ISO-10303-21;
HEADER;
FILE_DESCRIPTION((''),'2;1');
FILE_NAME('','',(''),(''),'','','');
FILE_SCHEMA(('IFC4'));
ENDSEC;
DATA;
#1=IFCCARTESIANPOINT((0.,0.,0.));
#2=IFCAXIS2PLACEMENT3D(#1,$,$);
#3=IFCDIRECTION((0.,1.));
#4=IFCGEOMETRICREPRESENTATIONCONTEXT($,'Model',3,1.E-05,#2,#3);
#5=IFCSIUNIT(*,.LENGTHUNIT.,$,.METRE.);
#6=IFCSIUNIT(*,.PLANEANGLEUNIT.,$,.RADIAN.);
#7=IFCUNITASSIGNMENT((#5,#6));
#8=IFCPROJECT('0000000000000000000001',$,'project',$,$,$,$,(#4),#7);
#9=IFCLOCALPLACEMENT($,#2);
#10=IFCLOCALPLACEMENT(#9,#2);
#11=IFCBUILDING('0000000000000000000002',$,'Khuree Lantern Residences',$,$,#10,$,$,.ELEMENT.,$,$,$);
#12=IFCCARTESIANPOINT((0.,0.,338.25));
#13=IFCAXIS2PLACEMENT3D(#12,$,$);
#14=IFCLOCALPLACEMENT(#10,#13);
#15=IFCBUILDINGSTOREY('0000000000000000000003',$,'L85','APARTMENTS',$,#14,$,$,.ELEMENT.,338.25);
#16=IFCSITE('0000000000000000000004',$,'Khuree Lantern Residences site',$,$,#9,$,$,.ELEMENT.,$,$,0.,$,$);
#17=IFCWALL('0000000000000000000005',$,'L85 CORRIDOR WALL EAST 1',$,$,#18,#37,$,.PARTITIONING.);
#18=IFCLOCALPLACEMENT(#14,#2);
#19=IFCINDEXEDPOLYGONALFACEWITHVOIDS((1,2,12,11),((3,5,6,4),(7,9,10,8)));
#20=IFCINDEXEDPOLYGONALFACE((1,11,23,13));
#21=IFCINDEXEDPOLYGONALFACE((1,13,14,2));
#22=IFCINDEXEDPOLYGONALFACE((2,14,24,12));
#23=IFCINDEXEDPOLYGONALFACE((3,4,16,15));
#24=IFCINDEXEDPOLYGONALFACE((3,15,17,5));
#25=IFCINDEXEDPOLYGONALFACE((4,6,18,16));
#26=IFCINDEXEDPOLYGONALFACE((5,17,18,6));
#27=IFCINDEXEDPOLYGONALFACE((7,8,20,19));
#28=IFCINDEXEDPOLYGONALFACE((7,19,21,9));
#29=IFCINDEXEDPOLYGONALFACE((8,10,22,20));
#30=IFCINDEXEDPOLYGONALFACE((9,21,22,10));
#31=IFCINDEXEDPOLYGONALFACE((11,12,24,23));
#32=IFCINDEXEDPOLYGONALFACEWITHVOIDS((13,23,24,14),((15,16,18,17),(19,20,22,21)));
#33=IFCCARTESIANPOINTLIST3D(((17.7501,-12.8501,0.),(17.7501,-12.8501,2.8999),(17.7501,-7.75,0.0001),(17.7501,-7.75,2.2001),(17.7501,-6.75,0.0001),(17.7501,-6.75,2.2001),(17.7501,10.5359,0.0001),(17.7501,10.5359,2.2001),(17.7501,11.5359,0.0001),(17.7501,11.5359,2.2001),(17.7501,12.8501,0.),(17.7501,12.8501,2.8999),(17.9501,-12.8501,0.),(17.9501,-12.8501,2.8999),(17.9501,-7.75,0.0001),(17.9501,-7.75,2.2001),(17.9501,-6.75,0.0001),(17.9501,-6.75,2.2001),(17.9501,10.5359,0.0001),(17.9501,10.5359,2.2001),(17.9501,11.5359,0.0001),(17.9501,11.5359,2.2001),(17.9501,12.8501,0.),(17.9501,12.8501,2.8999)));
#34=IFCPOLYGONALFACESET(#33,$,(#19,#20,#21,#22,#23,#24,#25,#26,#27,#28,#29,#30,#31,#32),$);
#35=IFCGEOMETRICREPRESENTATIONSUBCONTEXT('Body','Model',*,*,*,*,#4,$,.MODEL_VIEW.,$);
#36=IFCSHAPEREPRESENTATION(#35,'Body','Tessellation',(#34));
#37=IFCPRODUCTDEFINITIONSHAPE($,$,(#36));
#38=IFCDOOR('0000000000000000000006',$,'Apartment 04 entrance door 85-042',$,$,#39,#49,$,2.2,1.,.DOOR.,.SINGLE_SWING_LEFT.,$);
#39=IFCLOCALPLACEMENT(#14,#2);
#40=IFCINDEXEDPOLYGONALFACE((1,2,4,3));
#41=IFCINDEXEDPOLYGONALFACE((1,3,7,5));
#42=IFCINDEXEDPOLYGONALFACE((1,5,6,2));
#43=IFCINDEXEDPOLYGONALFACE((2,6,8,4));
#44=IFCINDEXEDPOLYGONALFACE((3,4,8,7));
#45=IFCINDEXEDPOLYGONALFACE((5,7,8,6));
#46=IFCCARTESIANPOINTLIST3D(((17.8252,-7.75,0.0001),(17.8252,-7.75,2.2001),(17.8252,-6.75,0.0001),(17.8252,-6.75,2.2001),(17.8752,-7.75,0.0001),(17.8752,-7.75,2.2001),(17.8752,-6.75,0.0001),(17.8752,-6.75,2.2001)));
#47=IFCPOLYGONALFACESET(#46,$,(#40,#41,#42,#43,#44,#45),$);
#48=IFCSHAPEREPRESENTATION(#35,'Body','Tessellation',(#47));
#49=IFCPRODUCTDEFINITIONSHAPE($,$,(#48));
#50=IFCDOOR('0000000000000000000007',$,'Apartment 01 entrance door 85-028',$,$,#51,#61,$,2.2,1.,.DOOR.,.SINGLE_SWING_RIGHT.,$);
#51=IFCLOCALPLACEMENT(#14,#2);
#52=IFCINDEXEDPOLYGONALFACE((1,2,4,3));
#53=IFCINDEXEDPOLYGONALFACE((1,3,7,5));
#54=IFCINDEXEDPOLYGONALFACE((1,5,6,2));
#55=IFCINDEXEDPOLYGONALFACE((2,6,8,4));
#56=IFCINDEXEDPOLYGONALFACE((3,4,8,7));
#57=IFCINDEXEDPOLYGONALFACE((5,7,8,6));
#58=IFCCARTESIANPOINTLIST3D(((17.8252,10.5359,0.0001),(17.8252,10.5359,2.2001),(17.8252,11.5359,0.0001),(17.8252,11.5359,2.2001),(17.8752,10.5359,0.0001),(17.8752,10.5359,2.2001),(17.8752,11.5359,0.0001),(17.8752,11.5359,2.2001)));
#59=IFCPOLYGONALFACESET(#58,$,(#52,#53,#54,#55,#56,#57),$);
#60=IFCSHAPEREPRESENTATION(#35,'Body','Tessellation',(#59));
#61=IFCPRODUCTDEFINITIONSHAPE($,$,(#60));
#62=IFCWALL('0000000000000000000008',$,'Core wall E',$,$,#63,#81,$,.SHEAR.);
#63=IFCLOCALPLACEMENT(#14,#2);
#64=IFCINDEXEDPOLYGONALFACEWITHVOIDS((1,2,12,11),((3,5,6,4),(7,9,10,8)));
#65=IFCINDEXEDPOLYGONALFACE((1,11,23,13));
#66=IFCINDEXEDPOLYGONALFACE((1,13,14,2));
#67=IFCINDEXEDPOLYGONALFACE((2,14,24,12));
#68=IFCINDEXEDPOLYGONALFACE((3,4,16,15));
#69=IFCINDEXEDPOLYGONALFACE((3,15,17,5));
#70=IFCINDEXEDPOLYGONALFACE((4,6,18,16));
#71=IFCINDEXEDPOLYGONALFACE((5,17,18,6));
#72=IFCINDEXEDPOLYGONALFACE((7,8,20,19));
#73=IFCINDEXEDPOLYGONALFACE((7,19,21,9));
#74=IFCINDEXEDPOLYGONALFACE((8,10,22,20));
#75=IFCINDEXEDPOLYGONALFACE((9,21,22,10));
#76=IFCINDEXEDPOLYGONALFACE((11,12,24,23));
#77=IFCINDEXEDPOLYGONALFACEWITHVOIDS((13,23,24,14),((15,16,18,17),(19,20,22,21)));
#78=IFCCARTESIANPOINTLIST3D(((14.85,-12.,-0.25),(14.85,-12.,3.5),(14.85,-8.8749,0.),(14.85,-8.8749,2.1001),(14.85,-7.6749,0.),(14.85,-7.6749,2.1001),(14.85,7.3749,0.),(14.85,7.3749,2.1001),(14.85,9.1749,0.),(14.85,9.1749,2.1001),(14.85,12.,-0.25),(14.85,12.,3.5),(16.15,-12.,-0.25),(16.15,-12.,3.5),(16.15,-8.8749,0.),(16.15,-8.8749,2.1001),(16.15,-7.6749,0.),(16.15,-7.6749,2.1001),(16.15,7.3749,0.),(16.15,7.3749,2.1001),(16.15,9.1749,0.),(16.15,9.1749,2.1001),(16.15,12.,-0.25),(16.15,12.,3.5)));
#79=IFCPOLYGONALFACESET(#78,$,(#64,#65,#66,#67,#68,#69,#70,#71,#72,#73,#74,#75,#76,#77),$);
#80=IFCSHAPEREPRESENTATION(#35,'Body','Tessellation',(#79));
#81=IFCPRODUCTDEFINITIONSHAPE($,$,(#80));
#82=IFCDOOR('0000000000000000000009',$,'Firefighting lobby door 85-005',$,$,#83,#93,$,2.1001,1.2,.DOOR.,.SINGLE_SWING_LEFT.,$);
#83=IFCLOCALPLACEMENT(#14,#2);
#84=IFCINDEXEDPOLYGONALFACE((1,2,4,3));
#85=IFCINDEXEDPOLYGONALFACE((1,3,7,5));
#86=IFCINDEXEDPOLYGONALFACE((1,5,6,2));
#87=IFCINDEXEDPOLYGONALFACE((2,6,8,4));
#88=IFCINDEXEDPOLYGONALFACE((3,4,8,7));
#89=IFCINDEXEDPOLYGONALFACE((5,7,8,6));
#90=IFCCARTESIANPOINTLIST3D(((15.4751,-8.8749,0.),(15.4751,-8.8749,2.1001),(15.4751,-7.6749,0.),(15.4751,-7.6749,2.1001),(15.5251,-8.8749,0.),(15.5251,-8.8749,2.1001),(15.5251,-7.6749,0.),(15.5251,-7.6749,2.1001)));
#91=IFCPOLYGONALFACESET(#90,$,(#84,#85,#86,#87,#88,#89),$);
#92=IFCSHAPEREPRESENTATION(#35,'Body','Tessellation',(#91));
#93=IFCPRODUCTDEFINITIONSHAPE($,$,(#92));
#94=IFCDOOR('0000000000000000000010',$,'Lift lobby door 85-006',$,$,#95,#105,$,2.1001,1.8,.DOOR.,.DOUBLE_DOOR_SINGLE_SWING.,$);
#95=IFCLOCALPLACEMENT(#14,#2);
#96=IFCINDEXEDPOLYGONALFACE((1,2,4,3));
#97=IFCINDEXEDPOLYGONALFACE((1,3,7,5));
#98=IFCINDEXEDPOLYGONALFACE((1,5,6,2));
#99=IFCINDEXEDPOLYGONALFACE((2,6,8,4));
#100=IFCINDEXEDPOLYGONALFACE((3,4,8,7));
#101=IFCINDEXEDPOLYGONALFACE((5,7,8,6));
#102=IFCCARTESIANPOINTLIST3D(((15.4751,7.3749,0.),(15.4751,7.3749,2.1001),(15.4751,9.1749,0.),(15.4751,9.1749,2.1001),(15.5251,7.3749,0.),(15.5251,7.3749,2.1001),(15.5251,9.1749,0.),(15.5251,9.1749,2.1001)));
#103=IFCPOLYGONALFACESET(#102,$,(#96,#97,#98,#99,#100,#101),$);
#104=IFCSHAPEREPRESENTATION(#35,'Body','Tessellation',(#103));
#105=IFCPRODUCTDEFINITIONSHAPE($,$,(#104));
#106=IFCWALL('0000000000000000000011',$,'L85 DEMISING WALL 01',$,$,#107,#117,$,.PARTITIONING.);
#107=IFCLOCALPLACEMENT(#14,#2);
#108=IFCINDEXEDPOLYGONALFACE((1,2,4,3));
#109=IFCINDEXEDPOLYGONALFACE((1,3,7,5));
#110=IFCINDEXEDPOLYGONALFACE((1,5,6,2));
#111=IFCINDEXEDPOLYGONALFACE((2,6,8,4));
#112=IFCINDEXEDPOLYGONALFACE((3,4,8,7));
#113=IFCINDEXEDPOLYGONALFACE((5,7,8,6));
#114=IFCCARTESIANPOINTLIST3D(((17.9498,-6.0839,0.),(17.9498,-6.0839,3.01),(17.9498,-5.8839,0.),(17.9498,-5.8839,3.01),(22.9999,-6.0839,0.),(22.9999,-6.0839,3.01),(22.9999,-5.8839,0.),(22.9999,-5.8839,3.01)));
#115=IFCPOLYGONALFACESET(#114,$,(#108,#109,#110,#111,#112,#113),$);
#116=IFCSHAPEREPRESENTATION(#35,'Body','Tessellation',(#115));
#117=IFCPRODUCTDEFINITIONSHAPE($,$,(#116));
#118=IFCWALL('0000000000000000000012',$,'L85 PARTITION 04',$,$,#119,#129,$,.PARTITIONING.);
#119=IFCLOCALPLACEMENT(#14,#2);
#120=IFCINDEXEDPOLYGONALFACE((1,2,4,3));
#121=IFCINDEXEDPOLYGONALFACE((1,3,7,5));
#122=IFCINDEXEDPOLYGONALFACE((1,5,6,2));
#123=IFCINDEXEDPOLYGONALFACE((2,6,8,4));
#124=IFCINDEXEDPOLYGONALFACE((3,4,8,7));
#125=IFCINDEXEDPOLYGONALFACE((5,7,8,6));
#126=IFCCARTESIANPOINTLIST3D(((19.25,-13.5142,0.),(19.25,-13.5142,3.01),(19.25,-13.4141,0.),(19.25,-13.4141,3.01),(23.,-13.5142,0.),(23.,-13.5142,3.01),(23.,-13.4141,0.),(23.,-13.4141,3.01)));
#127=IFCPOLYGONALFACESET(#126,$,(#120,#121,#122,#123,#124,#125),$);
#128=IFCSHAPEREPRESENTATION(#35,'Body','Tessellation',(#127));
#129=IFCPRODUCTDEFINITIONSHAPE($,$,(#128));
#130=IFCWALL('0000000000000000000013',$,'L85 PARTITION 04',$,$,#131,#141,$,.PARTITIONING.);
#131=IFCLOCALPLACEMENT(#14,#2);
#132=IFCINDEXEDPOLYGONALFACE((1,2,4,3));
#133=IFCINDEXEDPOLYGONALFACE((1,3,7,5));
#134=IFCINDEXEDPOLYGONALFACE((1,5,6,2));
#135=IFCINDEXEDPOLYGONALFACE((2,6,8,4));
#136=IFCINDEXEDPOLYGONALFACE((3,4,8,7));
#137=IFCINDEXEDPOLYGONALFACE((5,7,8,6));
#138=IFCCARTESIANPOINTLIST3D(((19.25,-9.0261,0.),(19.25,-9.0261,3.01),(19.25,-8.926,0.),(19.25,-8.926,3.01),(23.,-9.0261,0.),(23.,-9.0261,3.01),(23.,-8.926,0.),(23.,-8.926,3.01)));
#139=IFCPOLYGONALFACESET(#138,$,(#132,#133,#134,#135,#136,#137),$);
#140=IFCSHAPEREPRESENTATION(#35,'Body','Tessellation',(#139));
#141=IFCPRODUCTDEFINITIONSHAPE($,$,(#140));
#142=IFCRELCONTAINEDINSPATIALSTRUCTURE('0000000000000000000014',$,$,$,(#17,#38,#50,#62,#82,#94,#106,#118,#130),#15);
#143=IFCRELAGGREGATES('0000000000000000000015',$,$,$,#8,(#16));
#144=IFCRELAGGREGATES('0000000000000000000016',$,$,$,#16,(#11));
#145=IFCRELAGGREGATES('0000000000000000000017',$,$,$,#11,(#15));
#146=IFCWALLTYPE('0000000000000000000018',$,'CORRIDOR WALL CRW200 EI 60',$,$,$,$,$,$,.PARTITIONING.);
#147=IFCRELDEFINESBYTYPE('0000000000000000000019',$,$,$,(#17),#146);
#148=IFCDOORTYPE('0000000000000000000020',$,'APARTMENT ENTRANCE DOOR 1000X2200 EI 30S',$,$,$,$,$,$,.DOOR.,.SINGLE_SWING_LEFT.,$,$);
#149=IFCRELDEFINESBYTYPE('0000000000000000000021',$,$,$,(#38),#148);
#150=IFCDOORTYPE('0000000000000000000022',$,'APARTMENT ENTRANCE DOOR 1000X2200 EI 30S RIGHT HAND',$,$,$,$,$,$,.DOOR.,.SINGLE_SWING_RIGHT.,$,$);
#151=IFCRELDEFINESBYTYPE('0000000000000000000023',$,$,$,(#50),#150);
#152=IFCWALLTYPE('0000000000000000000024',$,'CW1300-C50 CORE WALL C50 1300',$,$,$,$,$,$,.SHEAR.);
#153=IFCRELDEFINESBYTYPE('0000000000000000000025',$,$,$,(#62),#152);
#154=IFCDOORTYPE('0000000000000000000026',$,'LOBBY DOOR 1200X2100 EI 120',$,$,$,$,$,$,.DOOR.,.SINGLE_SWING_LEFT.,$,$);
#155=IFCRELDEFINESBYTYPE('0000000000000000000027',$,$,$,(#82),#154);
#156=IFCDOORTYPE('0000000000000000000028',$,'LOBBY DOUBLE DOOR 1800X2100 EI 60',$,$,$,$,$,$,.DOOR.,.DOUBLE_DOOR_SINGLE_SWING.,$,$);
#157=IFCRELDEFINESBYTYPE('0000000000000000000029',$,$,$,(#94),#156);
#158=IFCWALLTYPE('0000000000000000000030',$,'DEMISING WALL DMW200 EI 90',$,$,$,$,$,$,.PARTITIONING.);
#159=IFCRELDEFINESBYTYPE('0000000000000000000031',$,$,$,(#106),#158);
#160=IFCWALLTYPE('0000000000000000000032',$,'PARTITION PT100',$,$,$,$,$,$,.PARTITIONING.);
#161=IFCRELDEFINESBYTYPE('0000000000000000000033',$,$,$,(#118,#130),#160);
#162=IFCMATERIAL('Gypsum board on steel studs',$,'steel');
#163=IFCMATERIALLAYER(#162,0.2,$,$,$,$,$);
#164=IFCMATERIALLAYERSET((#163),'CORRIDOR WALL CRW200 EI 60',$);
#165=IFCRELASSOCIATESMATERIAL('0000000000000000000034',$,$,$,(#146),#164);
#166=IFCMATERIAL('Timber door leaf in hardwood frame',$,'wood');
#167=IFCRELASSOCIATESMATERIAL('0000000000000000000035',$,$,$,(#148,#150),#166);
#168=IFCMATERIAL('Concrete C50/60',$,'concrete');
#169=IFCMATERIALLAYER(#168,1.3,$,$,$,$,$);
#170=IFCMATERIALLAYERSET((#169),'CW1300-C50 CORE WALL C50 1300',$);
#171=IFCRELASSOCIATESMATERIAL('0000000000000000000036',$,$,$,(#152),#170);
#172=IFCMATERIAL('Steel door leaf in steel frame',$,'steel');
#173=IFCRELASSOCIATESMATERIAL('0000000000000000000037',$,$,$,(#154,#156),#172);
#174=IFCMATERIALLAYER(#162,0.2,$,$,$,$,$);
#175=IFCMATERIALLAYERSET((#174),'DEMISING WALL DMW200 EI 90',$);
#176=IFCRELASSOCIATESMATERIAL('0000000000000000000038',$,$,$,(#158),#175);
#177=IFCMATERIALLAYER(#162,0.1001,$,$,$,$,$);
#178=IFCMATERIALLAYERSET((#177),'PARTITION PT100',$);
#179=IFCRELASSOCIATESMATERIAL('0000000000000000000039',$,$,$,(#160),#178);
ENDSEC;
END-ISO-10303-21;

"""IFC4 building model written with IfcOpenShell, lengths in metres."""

from ifc_helpers import new_model, si_unit, direction, frame, frame_2d, origin, place, context, subcontext, project, spatial, rectangle, extrude, material, layer, layer_set, type_object, element, fill, save


model = new_model("IFC4")

# Units and contexts
model_context = context("Model", 3, precision=1e-05, world=origin(), true_north=direction((0.0, 1.0)))
body_context = subcontext(model_context, "Body", "Model", "MODEL_VIEW")
ifc_project = project(units=[si_unit("LENGTHUNIT", "METRE"), si_unit("PLANEANGLEUNIT", "RADIAN")], contexts=[model_context])

# Site, building, storey
site_placement = place(None, origin())
site = spatial("IfcSite", under=ifc_project, at=site_placement, Name="Khuree Lantern Residences site", CompositionType="ELEMENT", RefElevation=0.0)
building_placement = place(site_placement, origin())
building = spatial("IfcBuilding", under=site, at=building_placement, Name="Khuree Lantern Residences", CompositionType="ELEMENT")
storey_placement = place(building_placement, frame((0.0, 0.0, 338.25)))
storey = spatial("IfcBuildingStorey", under=building, at=storey_placement, Name="L85", Description="APARTMENTS", CompositionType="ELEMENT", Elevation=338.25)

# Shared definitions
ifc_material_1 = material(Name="Concrete C50/60", Category="concrete")

# Shared definitions
ifc_material_2 = material(Name="Gypsum board on steel studs", Category="steel")
ifc_layer_1 = layer(ifc_material_2, 0.2)
ifc_layer_set_1 = layer_set([ifc_layer_1], Name="CORRIDOR WALL CRW200 EI 60")
wall_type_1 = type_object("IfcWallType", Name="CORRIDOR WALL CRW200 EI 60", PredefinedType="PARTITIONING", material=ifc_layer_set_1)

# Walls, openings, doors
wall_1_placement = place(storey_placement, frame((17.8501, -12.8501, 0.0), z_axis=(0.0, 0.0, 1.0), x_axis=(0.0, 1.0, 0.0)))
wall_1 = element("IfcWall", 1, at=wall_1_placement, inside=storey, type_object=wall_type_1, Name="L85 CORRIDOR WALL EAST 1", PredefinedType="PARTITIONING", context=body_context, shape_type="SweptSolid", body=[
    extrude(rectangle(XDim=25.7002, YDim=0.2, at=frame_2d((12.8501, 0.0))), origin(), (0.0, 0.0, 1.0), 2.8999),
])
opening_1_placement = place(wall_1_placement, frame((23.386, 0.0, 0.0)))
opening_1 = element("IfcOpeningElement", 2, at=opening_1_placement, cuts=wall_1, PredefinedType="OPENING", context=body_context, shape_type="SweptSolid", body=[
    extrude(rectangle(XDim=1.0, YDim=2.2, at=frame_2d((0.5, 1.1001))), frame((0.0, 0.1099, 0.0), z_axis=(0.0, -1.0, 0.0), x_axis=(1.0, 0.0, 0.0)), (0.0, 0.0, 1.0), 0.22),
])
opening_2_placement = place(wall_1_placement, frame((5.1001, 0.0, 0.0)))
opening_2 = element("IfcOpeningElement", 3, at=opening_2_placement, cuts=wall_1, PredefinedType="OPENING", context=body_context, shape_type="SweptSolid", body=[
    extrude(rectangle(XDim=1.0, YDim=2.2, at=frame_2d((0.5, 1.1001))), frame((0.0, 0.1099, 0.0), z_axis=(0.0, -1.0, 0.0), x_axis=(1.0, 0.0, 0.0)), (0.0, 0.0, 1.0), 0.22),
])
ifc_material_3 = material(Name="Timber door leaf in hardwood frame", Category="wood")
door_type_1 = type_object("IfcDoorType", Name="APARTMENT ENTRANCE DOOR 1000X2200 EI 30S", OperationType="SINGLE_SWING_LEFT", PredefinedType="DOOR", material=ifc_material_3)
door_1_placement = place(opening_2_placement, origin())
door_1 = element("IfcDoor", 4, at=door_1_placement, inside=storey, type_object=door_type_1, Name="Apartment 04 entrance door 85-042", OperationType="SINGLE_SWING_LEFT", OverallHeight=2.2, OverallWidth=1.0, PredefinedType="DOOR", context=body_context, shape_type="SweptSolid", body=[
    extrude(rectangle(XDim=1.0, YDim=2.2, at=frame_2d((0.5, 1.1001))), frame((0.0, 0.0249, 0.0), z_axis=(0.0, -1.0, 0.0), x_axis=(1.0, 0.0, 0.0)), (0.0, 0.0, 1.0), 0.05),
])
fill(opening_2, door_1)
door_type_2 = type_object("IfcDoorType", Name="APARTMENT ENTRANCE DOOR 1000X2200 EI 30S RIGHT HAND", OperationType="SINGLE_SWING_RIGHT", PredefinedType="DOOR", material=ifc_material_3)
door_2_placement = place(opening_1_placement, origin())
door_2 = element("IfcDoor", 5, at=door_2_placement, inside=storey, type_object=door_type_2, Name="Apartment 01 entrance door 85-028", OperationType="SINGLE_SWING_RIGHT", OverallHeight=2.2, OverallWidth=1.0, PredefinedType="DOOR", context=body_context, shape_type="SweptSolid", body=[
    extrude(rectangle(XDim=1.0, YDim=2.2, at=frame_2d((0.5, 1.1001))), frame((0.0, 0.0249, 0.0), z_axis=(0.0, -1.0, 0.0), x_axis=(1.0, 0.0, 0.0)), (0.0, 0.0, 1.0), 0.05),
])
fill(opening_1, door_2)
ifc_layer_2 = layer(ifc_material_1, 1.3)
ifc_layer_set_2 = layer_set([ifc_layer_2], Name="CW1300-C50 CORE WALL C50 1300")
wall_type_2 = type_object("IfcWallType", Name="CW1300-C50 CORE WALL C50 1300", PredefinedType="SHEAR", material=ifc_layer_set_2)
wall_2_placement = place(storey_placement, frame((15.5, -12.0, -0.25), z_axis=(0.0, 0.0, 1.0), x_axis=(0.0, 1.0, 0.0)))
wall_2 = element("IfcWall", 6, at=wall_2_placement, inside=storey, type_object=wall_type_2, Name="Core wall E", PredefinedType="SHEAR", context=body_context, shape_type="SweptSolid", body=[
    extrude(rectangle(XDim=24.0, YDim=1.3, at=frame_2d((12.0, 0.0))), origin(), (0.0, 0.0, 1.0), 3.75),
])
opening_3_placement = place(wall_2_placement, frame((3.125, 0.0, 0.25)))
opening_3 = element("IfcOpeningElement", 7, at=opening_3_placement, cuts=wall_2, PredefinedType="OPENING", context=body_context, shape_type="SweptSolid", body=[
    extrude(rectangle(XDim=1.2, YDim=2.1001, at=frame_2d((0.6001, 1.05))), frame((0.0, 0.6602, 0.0), z_axis=(0.0, -1.0, 0.0), x_axis=(1.0, 0.0, 0.0)), (0.0, 0.0, 1.0), 1.3201),
])
opening_4_placement = place(wall_2_placement, frame((19.375, 0.0, 0.25)))
opening_4 = element("IfcOpeningElement", 8, at=opening_4_placement, cuts=wall_2, PredefinedType="OPENING", context=body_context, shape_type="SweptSolid", body=[
    extrude(rectangle(XDim=1.8, YDim=2.1001, at=frame_2d((0.8999, 1.05))), frame((0.0, 0.6602, 0.0), z_axis=(0.0, -1.0, 0.0), x_axis=(1.0, 0.0, 0.0)), (0.0, 0.0, 1.0), 1.3201),
])
ifc_material_4 = material(Name="Steel door leaf in steel frame", Category="steel")
door_type_3 = type_object("IfcDoorType", Name="LOBBY DOOR 1200X2100 EI 120", OperationType="SINGLE_SWING_LEFT", PredefinedType="DOOR", material=ifc_material_4)
door_3_placement = place(opening_3_placement, origin())
door_3 = element("IfcDoor", 9, at=door_3_placement, inside=storey, type_object=door_type_3, Name="Firefighting lobby door 85-005", OperationType="SINGLE_SWING_LEFT", OverallHeight=2.1001, OverallWidth=1.2, PredefinedType="DOOR", context=body_context, shape_type="SweptSolid", body=[
    extrude(rectangle(XDim=1.2, YDim=2.1001, at=frame_2d((0.6001, 1.05))), frame((0.0, 0.0249, 0.0), z_axis=(0.0, -1.0, 0.0), x_axis=(1.0, 0.0, 0.0)), (0.0, 0.0, 1.0), 0.05),
])
fill(opening_3, door_3)
door_type_4 = type_object("IfcDoorType", Name="LOBBY DOUBLE DOOR 1800X2100 EI 60", OperationType="DOUBLE_DOOR_SINGLE_SWING", PredefinedType="DOOR", material=ifc_material_4)
door_4_placement = place(opening_4_placement, origin())
door_4 = element("IfcDoor", 10, at=door_4_placement, inside=storey, type_object=door_type_4, Name="Lift lobby door 85-006", OperationType="DOUBLE_DOOR_SINGLE_SWING", OverallHeight=2.1001, OverallWidth=1.8, PredefinedType="DOOR", context=body_context, shape_type="SweptSolid", body=[
    extrude(rectangle(XDim=1.8, YDim=2.1001, at=frame_2d((0.8999, 1.05))), frame((0.0, 0.0249, 0.0), z_axis=(0.0, -1.0, 0.0), x_axis=(1.0, 0.0, 0.0)), (0.0, 0.0, 1.0), 0.05),
])
fill(opening_4, door_4)

# Walls
ifc_layer_3 = layer(ifc_material_2, 0.2)
ifc_layer_set_3 = layer_set([ifc_layer_3], Name="DEMISING WALL DMW200 EI 90")
wall_type_3 = type_object("IfcWallType", Name="DEMISING WALL DMW200 EI 90", PredefinedType="PARTITIONING", material=ifc_layer_set_3)
wall_3_placement = place(storey_placement, frame((17.95, -5.9839, 0.0), z_axis=(0.0, 0.0, 1.0), x_axis=(1.0, 0.0, 0.0)))
element("IfcWall", 11, at=wall_3_placement, inside=storey, type_object=wall_type_3, Name="L85 DEMISING WALL 01", PredefinedType="PARTITIONING", context=body_context, shape_type="SweptSolid", body=[
    extrude(rectangle(XDim=5.05, YDim=0.2, at=frame_2d((2.5249, 0.0))), origin(), (0.0, 0.0, 1.0), 3.01),
])
ifc_layer_4 = layer(ifc_material_2, 0.1001)
ifc_layer_set_4 = layer_set([ifc_layer_4], Name="PARTITION PT100")
wall_type_4 = type_object("IfcWallType", Name="PARTITION PT100", PredefinedType="PARTITIONING", material=ifc_layer_set_4)
for number, where, z_axis, x_axis, name in (
    (12, (19.25, -13.4641, 0.0), (0.0, 0.0, 1.0), (1.0, 0.0, 0.0), "L85 PARTITION 04"),
    (13, (19.25, -8.9761, 0.0), (0.0, 0.0, 1.0), (1.0, 0.0, 0.0), "L85 PARTITION 04"),
):
    element("IfcWall", number, at=place(storey_placement, frame(where, z_axis=z_axis, x_axis=x_axis)), inside=storey, type_object=wall_type_4, Name=name, PredefinedType="PARTITIONING", context=body_context, shape_type="SweptSolid", body=[
        extrude(rectangle(XDim=3.75, YDim=0.1001, at=frame_2d((1.875, 0.0))), origin(), (0.0, 0.0, 1.0), 3.01),
    ])

save(model, "model.ifc")
